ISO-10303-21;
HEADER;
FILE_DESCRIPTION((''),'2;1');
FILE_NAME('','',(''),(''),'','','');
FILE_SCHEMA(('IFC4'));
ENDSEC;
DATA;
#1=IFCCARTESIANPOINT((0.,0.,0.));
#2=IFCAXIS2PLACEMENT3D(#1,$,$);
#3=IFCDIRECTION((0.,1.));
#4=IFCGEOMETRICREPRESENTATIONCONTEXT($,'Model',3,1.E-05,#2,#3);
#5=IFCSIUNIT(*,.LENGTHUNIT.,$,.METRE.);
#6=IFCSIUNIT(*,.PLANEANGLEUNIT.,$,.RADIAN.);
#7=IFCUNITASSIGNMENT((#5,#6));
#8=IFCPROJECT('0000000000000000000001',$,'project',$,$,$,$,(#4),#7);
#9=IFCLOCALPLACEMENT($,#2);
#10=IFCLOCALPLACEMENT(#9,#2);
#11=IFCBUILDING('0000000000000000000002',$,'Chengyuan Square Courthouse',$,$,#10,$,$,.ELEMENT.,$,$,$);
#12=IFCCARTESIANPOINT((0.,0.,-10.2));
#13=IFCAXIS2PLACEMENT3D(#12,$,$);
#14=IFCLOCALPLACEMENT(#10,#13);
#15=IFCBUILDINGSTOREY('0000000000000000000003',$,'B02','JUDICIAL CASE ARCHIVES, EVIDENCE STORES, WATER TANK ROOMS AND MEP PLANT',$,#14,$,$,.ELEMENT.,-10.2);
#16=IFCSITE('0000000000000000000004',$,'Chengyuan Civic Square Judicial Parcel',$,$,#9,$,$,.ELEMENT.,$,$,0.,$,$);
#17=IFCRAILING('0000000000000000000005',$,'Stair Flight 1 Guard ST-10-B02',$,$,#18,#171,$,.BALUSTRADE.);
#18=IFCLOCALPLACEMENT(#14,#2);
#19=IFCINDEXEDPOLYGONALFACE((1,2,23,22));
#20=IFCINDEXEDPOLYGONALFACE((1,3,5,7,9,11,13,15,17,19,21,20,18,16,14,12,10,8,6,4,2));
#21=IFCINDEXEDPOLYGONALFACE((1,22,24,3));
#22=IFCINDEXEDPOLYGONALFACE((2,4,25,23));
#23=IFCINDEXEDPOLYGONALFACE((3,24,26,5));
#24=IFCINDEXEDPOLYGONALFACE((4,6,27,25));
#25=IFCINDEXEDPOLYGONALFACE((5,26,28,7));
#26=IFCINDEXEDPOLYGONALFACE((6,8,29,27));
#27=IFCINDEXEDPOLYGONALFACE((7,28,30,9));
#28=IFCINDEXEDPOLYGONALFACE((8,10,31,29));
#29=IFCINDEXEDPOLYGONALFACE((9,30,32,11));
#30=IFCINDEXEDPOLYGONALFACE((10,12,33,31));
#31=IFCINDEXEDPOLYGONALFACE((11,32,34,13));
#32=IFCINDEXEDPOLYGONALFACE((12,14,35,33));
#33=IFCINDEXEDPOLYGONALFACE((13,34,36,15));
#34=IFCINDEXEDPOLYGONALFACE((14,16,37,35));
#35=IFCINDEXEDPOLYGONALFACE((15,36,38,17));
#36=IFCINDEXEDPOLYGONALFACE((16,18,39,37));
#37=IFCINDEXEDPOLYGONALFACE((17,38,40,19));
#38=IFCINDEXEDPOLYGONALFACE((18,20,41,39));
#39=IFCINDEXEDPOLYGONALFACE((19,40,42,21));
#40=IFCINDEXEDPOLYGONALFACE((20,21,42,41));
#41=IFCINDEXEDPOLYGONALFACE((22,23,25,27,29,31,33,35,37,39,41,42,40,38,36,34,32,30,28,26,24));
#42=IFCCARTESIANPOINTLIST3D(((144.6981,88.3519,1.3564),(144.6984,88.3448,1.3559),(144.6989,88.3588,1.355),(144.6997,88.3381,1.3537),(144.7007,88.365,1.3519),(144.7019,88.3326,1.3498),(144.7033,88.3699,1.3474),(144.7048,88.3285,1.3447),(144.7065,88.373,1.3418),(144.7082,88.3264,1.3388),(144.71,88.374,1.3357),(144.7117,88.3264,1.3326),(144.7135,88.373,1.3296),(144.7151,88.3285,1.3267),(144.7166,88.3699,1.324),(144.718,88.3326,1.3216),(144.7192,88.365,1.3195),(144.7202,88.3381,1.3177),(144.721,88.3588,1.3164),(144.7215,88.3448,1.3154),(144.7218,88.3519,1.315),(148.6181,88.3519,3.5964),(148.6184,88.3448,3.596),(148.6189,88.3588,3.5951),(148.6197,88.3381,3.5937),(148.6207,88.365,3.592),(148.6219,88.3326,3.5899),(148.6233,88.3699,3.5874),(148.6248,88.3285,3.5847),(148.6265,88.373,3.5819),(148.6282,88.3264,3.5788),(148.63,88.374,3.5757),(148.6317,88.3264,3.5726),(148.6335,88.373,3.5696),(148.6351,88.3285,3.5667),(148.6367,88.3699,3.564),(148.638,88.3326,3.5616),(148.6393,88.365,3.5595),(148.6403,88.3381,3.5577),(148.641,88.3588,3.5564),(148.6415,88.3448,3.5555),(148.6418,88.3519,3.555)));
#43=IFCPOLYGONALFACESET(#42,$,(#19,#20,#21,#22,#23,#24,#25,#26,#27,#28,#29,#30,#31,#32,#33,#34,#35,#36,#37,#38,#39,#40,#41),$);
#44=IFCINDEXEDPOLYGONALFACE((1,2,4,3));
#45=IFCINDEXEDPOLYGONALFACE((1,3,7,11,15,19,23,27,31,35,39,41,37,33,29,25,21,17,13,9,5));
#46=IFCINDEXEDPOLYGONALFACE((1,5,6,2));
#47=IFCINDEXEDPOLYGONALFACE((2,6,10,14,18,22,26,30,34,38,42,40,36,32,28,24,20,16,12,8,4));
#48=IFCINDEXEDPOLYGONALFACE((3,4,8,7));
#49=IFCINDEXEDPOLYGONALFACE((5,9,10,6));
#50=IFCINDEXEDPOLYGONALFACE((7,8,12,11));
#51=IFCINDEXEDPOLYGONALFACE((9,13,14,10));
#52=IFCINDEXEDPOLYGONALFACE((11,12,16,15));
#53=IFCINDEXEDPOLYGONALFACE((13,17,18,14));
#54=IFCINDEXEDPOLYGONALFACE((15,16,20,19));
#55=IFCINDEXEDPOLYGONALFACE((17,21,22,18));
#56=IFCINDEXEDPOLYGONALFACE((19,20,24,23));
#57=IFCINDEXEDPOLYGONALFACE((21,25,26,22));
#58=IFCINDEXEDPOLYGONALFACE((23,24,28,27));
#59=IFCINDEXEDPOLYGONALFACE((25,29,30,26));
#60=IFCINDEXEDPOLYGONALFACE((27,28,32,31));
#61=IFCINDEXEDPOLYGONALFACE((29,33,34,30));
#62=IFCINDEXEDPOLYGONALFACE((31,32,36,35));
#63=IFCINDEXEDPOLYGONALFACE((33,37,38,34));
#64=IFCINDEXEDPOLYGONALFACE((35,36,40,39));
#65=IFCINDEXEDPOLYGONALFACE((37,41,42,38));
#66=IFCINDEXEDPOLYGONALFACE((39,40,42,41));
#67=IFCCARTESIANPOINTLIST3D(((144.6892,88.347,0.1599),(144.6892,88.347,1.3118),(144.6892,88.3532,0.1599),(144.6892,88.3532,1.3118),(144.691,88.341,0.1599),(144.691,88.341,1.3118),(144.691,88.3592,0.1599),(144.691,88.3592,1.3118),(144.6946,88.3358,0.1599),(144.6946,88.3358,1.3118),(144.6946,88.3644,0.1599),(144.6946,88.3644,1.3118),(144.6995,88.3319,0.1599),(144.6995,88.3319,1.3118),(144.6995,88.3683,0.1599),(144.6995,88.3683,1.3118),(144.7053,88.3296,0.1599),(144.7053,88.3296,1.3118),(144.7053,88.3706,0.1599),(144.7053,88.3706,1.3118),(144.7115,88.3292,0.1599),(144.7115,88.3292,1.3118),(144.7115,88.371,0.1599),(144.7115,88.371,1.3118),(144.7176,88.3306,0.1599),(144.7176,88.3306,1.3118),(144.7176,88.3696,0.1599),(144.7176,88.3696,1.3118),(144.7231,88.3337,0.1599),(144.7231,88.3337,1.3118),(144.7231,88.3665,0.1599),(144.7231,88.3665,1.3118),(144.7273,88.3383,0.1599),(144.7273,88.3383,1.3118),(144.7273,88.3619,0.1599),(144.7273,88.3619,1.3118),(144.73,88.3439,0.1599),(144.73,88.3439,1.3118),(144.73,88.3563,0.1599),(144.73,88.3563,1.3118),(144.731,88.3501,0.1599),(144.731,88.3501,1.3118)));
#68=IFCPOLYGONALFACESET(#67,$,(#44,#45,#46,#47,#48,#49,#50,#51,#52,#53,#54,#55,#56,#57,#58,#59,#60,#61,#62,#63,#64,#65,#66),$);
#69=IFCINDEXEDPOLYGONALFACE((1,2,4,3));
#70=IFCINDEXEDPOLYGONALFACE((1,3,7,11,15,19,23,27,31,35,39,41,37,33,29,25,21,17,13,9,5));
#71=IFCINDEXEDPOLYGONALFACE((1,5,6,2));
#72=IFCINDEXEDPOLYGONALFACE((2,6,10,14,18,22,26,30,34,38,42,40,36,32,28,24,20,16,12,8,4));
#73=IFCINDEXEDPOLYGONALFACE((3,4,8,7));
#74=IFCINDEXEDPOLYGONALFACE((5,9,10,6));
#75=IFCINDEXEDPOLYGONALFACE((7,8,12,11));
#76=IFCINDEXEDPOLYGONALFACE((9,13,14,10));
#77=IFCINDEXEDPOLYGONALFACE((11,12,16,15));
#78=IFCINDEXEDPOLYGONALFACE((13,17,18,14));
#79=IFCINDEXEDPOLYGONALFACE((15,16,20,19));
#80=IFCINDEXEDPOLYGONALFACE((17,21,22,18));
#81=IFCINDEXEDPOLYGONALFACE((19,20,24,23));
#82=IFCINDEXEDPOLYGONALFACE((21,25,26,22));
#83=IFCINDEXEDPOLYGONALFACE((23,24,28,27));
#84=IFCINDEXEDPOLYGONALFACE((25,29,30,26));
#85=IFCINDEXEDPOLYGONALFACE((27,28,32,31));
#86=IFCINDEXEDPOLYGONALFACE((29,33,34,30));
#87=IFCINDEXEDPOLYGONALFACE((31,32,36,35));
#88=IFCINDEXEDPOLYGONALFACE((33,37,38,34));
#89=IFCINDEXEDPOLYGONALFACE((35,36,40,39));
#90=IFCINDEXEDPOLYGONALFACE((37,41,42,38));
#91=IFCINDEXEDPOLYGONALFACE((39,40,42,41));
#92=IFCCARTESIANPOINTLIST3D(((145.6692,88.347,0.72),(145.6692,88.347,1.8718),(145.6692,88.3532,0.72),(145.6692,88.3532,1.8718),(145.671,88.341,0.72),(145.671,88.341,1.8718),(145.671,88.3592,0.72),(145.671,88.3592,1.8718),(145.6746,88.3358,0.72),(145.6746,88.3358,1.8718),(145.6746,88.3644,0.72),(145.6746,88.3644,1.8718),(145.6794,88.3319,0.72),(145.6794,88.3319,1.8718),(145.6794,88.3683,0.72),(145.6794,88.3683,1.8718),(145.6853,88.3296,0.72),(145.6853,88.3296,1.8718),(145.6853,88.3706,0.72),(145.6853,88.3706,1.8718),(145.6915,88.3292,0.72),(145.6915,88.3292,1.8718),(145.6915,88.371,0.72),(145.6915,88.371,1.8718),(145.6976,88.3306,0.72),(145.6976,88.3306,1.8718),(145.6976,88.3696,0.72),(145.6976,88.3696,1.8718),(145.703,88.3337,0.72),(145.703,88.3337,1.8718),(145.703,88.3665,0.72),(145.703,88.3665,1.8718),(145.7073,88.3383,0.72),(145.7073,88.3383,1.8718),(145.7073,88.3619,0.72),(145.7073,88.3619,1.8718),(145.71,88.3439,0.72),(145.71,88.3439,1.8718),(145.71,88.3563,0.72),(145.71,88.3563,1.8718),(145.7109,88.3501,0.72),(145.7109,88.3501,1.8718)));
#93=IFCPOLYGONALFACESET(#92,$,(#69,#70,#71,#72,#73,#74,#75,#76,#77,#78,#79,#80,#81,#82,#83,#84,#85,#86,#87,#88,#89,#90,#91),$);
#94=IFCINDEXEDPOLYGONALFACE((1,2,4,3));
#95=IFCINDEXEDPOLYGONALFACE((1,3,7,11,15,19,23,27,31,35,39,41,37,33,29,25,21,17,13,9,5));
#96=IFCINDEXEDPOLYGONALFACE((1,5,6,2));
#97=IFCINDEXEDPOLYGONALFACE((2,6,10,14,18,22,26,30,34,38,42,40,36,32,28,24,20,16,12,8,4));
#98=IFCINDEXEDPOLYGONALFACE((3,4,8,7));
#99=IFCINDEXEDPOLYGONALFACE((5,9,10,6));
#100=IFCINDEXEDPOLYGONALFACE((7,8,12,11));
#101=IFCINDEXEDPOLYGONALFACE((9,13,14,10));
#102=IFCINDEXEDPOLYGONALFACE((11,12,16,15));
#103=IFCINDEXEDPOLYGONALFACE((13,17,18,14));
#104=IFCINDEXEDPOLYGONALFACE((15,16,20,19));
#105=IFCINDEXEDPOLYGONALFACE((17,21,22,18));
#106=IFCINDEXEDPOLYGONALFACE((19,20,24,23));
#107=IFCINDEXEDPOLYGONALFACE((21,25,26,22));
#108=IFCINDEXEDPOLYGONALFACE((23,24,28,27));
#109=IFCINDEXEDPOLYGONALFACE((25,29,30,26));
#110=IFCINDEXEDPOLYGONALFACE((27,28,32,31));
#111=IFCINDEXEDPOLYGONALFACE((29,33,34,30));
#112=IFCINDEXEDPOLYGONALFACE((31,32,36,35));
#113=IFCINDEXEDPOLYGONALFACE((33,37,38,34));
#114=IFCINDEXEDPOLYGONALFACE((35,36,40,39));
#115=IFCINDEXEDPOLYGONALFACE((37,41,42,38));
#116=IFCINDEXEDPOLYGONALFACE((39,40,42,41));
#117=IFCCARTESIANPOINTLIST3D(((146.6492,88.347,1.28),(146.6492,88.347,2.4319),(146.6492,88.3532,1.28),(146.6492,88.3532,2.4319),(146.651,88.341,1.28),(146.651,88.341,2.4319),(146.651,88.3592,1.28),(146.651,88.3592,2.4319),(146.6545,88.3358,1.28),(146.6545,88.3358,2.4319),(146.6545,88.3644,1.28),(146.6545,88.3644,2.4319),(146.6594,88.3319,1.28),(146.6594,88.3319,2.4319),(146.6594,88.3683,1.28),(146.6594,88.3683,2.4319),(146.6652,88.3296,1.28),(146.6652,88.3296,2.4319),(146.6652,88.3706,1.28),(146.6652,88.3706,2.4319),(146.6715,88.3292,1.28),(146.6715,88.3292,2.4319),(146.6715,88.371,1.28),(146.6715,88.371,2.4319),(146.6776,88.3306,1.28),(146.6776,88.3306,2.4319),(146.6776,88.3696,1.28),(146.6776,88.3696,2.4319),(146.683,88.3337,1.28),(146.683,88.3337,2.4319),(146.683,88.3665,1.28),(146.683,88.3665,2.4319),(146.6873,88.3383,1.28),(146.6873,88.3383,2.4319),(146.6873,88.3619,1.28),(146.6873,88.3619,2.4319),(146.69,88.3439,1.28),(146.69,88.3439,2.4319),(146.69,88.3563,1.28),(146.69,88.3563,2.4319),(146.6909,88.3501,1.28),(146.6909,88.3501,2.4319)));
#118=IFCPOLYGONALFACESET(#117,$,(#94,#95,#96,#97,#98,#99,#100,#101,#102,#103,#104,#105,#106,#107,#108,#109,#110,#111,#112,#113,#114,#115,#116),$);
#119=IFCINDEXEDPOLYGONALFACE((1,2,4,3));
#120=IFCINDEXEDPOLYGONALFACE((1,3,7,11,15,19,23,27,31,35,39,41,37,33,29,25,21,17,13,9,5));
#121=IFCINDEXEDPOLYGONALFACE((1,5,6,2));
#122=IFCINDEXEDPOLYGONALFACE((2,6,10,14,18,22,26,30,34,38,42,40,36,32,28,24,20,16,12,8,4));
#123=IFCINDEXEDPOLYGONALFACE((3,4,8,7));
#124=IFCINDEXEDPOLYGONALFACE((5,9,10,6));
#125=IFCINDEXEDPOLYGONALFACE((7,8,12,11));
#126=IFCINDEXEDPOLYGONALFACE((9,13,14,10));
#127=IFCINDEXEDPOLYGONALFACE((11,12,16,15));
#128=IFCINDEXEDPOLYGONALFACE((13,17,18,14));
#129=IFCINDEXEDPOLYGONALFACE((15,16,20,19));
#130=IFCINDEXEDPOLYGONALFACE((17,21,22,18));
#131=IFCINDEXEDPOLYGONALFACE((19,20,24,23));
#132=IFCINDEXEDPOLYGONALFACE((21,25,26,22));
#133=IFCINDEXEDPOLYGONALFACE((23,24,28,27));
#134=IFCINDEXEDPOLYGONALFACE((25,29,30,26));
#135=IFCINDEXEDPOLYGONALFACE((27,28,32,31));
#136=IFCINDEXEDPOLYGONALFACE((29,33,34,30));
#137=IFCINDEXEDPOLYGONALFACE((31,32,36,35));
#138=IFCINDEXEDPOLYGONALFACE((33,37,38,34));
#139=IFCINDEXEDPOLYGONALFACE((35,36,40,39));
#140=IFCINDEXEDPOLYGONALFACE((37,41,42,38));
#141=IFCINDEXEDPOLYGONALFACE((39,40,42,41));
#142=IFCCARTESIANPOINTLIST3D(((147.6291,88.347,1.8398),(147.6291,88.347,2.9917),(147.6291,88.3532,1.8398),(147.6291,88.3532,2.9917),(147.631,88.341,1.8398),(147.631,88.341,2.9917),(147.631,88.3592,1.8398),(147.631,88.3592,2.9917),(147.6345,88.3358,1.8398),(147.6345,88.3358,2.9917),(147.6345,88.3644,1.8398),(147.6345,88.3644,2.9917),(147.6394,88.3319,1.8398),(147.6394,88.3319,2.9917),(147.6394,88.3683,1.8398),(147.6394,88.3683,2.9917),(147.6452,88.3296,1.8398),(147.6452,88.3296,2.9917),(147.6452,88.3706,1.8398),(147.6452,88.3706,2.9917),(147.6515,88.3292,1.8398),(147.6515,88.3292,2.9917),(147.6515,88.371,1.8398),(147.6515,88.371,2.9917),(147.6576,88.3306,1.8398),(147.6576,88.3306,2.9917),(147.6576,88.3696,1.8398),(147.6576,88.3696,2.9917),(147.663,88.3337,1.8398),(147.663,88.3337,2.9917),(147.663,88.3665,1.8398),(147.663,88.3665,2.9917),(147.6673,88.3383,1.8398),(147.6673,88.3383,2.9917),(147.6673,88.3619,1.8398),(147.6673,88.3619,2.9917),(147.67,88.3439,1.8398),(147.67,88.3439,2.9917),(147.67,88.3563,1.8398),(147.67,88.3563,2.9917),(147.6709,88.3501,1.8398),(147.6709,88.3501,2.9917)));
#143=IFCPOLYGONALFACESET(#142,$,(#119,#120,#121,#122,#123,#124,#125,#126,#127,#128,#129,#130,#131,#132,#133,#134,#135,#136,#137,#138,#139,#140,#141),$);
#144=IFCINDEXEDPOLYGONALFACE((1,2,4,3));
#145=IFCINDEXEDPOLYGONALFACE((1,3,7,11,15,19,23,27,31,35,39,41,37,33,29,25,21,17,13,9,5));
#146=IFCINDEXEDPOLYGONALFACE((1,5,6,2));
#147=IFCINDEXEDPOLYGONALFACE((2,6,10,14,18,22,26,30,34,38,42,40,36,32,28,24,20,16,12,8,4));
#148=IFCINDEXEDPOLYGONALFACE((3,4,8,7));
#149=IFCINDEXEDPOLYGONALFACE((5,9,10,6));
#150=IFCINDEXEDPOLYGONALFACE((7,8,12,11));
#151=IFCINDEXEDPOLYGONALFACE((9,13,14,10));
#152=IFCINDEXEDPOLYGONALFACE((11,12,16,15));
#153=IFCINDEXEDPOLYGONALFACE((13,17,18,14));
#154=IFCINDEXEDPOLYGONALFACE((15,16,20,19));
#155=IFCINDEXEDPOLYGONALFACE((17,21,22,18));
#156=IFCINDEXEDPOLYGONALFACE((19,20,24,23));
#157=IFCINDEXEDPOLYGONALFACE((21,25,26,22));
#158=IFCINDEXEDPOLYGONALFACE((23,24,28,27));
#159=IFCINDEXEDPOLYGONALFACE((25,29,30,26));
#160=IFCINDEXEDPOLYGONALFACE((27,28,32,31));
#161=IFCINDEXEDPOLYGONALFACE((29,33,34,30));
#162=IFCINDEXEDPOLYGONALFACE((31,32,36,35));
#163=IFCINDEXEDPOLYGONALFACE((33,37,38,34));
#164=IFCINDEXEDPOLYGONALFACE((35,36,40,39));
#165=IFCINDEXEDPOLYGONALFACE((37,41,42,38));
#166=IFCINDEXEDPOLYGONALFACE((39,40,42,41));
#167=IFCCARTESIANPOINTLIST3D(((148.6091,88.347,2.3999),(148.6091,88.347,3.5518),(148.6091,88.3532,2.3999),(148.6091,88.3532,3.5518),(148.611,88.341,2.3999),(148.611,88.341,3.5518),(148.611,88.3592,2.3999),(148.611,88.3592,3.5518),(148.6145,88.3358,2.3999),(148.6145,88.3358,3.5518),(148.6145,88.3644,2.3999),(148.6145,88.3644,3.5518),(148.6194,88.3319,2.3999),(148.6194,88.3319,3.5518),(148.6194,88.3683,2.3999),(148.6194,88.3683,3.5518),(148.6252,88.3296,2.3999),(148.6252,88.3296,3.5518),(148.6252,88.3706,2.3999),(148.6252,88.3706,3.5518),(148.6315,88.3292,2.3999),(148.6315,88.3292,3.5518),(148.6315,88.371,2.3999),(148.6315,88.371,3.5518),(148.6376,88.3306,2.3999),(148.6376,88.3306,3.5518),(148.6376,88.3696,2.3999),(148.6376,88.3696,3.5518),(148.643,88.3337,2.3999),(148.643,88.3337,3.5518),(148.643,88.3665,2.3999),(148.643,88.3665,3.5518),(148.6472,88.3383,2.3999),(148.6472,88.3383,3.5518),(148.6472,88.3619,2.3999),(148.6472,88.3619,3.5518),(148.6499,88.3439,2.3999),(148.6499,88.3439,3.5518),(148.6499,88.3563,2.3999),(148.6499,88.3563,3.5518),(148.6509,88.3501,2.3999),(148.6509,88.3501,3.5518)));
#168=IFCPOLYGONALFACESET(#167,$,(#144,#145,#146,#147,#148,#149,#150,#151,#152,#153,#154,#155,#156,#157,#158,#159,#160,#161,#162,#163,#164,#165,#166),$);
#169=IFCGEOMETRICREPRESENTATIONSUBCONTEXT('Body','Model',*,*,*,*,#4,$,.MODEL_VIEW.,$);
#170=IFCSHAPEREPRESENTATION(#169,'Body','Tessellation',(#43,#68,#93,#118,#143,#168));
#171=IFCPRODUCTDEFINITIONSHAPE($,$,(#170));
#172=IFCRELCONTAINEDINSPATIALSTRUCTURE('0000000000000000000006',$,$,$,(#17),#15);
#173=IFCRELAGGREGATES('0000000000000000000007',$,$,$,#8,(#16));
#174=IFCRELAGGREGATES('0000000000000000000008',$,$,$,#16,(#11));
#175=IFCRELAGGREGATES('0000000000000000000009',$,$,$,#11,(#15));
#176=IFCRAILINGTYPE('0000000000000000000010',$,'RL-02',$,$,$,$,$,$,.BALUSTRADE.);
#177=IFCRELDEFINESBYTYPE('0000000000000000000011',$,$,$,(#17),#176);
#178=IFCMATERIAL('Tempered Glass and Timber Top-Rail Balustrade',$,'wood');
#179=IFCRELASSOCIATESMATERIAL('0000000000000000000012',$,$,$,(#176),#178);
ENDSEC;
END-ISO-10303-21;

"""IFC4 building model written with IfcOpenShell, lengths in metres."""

from ifc_helpers import new_model, si_unit, direction, frame, origin, origin_2d, place, context, subcontext, project, spatial, circle, extrude, material, type_object, element, save


model = new_model("IFC4")

# Units and contexts
model_context = context("Model", 3, precision=1e-05, world=origin(), true_north=direction((0.0, 1.0)))
body_context = subcontext(model_context, "Body", "Model", "MODEL_VIEW")
ifc_project = project(units=[si_unit("LENGTHUNIT", "METRE"), si_unit("PLANEANGLEUNIT", "RADIAN")], contexts=[model_context])

# Site, building, storey
site_placement = place(None, origin())
site = spatial("IfcSite", under=ifc_project, at=site_placement, Name="Chengyuan Civic Square Judicial Parcel", CompositionType="ELEMENT", RefElevation=0.0)
building_placement = place(site_placement, origin())
building = spatial("IfcBuilding", under=site, at=building_placement, Name="Chengyuan Square Courthouse", CompositionType="ELEMENT")
storey_placement = place(building_placement, frame((0.0, 0.0, -10.2)))
storey = spatial("IfcBuildingStorey", under=building, at=storey_placement, Name="B02", Description="JUDICIAL CASE ARCHIVES, EVIDENCE STORES, WATER TANK ROOMS AND MEP PLANT", CompositionType="ELEMENT", Elevation=-10.2)

# Railing
ifc_material_1 = material(Name="Tempered Glass and Timber Top-Rail Balustrade", Category="wood")
railing_type_1 = type_object("IfcRailingType", Name="RL-02", PredefinedType="BALUSTRADE", material=ifc_material_1)
railing_1_placement = place(storey_placement, frame((144.71, 88.3501, 0.1599)))
element("IfcRailing", 1, at=railing_1_placement, inside=storey, type_object=railing_type_1, Name="Stair Flight 1 Guard ST-10-B02", PredefinedType="BALUSTRADE", context=body_context, shape_type="SweptSolid", body=[
    extrude(circle(Radius=0.0239, at=origin_2d()), frame((0.0, 0.0, 1.1758), z_axis=(0.86824, 0.0, 0.496145), x_axis=(0.0, 1.0, 0.0)), (0.0, 0.0, 1.0), 4.5149),
    extrude(circle(Radius=0.021, at=origin_2d()), origin(), (0.0, 0.0, 1.0), 1.1519),
    extrude(circle(Radius=0.021, at=origin_2d()), frame((0.98, 0.0, 0.5601)), (0.0, 0.0, 1.0), 1.1519),
    extrude(circle(Radius=0.021, at=origin_2d()), frame((1.96, 0.0, 1.1201)), (0.0, 0.0, 1.0), 1.1519),
    extrude(circle(Radius=0.021, at=origin_2d()), frame((2.9399, 0.0, 1.6799)), (0.0, 0.0, 1.0), 1.1519),
    extrude(circle(Radius=0.021, at=origin_2d()), frame((3.9199, 0.0, 2.24)), (0.0, 0.0, 1.0), 1.1519),
])

save(model, "model.ifc")
